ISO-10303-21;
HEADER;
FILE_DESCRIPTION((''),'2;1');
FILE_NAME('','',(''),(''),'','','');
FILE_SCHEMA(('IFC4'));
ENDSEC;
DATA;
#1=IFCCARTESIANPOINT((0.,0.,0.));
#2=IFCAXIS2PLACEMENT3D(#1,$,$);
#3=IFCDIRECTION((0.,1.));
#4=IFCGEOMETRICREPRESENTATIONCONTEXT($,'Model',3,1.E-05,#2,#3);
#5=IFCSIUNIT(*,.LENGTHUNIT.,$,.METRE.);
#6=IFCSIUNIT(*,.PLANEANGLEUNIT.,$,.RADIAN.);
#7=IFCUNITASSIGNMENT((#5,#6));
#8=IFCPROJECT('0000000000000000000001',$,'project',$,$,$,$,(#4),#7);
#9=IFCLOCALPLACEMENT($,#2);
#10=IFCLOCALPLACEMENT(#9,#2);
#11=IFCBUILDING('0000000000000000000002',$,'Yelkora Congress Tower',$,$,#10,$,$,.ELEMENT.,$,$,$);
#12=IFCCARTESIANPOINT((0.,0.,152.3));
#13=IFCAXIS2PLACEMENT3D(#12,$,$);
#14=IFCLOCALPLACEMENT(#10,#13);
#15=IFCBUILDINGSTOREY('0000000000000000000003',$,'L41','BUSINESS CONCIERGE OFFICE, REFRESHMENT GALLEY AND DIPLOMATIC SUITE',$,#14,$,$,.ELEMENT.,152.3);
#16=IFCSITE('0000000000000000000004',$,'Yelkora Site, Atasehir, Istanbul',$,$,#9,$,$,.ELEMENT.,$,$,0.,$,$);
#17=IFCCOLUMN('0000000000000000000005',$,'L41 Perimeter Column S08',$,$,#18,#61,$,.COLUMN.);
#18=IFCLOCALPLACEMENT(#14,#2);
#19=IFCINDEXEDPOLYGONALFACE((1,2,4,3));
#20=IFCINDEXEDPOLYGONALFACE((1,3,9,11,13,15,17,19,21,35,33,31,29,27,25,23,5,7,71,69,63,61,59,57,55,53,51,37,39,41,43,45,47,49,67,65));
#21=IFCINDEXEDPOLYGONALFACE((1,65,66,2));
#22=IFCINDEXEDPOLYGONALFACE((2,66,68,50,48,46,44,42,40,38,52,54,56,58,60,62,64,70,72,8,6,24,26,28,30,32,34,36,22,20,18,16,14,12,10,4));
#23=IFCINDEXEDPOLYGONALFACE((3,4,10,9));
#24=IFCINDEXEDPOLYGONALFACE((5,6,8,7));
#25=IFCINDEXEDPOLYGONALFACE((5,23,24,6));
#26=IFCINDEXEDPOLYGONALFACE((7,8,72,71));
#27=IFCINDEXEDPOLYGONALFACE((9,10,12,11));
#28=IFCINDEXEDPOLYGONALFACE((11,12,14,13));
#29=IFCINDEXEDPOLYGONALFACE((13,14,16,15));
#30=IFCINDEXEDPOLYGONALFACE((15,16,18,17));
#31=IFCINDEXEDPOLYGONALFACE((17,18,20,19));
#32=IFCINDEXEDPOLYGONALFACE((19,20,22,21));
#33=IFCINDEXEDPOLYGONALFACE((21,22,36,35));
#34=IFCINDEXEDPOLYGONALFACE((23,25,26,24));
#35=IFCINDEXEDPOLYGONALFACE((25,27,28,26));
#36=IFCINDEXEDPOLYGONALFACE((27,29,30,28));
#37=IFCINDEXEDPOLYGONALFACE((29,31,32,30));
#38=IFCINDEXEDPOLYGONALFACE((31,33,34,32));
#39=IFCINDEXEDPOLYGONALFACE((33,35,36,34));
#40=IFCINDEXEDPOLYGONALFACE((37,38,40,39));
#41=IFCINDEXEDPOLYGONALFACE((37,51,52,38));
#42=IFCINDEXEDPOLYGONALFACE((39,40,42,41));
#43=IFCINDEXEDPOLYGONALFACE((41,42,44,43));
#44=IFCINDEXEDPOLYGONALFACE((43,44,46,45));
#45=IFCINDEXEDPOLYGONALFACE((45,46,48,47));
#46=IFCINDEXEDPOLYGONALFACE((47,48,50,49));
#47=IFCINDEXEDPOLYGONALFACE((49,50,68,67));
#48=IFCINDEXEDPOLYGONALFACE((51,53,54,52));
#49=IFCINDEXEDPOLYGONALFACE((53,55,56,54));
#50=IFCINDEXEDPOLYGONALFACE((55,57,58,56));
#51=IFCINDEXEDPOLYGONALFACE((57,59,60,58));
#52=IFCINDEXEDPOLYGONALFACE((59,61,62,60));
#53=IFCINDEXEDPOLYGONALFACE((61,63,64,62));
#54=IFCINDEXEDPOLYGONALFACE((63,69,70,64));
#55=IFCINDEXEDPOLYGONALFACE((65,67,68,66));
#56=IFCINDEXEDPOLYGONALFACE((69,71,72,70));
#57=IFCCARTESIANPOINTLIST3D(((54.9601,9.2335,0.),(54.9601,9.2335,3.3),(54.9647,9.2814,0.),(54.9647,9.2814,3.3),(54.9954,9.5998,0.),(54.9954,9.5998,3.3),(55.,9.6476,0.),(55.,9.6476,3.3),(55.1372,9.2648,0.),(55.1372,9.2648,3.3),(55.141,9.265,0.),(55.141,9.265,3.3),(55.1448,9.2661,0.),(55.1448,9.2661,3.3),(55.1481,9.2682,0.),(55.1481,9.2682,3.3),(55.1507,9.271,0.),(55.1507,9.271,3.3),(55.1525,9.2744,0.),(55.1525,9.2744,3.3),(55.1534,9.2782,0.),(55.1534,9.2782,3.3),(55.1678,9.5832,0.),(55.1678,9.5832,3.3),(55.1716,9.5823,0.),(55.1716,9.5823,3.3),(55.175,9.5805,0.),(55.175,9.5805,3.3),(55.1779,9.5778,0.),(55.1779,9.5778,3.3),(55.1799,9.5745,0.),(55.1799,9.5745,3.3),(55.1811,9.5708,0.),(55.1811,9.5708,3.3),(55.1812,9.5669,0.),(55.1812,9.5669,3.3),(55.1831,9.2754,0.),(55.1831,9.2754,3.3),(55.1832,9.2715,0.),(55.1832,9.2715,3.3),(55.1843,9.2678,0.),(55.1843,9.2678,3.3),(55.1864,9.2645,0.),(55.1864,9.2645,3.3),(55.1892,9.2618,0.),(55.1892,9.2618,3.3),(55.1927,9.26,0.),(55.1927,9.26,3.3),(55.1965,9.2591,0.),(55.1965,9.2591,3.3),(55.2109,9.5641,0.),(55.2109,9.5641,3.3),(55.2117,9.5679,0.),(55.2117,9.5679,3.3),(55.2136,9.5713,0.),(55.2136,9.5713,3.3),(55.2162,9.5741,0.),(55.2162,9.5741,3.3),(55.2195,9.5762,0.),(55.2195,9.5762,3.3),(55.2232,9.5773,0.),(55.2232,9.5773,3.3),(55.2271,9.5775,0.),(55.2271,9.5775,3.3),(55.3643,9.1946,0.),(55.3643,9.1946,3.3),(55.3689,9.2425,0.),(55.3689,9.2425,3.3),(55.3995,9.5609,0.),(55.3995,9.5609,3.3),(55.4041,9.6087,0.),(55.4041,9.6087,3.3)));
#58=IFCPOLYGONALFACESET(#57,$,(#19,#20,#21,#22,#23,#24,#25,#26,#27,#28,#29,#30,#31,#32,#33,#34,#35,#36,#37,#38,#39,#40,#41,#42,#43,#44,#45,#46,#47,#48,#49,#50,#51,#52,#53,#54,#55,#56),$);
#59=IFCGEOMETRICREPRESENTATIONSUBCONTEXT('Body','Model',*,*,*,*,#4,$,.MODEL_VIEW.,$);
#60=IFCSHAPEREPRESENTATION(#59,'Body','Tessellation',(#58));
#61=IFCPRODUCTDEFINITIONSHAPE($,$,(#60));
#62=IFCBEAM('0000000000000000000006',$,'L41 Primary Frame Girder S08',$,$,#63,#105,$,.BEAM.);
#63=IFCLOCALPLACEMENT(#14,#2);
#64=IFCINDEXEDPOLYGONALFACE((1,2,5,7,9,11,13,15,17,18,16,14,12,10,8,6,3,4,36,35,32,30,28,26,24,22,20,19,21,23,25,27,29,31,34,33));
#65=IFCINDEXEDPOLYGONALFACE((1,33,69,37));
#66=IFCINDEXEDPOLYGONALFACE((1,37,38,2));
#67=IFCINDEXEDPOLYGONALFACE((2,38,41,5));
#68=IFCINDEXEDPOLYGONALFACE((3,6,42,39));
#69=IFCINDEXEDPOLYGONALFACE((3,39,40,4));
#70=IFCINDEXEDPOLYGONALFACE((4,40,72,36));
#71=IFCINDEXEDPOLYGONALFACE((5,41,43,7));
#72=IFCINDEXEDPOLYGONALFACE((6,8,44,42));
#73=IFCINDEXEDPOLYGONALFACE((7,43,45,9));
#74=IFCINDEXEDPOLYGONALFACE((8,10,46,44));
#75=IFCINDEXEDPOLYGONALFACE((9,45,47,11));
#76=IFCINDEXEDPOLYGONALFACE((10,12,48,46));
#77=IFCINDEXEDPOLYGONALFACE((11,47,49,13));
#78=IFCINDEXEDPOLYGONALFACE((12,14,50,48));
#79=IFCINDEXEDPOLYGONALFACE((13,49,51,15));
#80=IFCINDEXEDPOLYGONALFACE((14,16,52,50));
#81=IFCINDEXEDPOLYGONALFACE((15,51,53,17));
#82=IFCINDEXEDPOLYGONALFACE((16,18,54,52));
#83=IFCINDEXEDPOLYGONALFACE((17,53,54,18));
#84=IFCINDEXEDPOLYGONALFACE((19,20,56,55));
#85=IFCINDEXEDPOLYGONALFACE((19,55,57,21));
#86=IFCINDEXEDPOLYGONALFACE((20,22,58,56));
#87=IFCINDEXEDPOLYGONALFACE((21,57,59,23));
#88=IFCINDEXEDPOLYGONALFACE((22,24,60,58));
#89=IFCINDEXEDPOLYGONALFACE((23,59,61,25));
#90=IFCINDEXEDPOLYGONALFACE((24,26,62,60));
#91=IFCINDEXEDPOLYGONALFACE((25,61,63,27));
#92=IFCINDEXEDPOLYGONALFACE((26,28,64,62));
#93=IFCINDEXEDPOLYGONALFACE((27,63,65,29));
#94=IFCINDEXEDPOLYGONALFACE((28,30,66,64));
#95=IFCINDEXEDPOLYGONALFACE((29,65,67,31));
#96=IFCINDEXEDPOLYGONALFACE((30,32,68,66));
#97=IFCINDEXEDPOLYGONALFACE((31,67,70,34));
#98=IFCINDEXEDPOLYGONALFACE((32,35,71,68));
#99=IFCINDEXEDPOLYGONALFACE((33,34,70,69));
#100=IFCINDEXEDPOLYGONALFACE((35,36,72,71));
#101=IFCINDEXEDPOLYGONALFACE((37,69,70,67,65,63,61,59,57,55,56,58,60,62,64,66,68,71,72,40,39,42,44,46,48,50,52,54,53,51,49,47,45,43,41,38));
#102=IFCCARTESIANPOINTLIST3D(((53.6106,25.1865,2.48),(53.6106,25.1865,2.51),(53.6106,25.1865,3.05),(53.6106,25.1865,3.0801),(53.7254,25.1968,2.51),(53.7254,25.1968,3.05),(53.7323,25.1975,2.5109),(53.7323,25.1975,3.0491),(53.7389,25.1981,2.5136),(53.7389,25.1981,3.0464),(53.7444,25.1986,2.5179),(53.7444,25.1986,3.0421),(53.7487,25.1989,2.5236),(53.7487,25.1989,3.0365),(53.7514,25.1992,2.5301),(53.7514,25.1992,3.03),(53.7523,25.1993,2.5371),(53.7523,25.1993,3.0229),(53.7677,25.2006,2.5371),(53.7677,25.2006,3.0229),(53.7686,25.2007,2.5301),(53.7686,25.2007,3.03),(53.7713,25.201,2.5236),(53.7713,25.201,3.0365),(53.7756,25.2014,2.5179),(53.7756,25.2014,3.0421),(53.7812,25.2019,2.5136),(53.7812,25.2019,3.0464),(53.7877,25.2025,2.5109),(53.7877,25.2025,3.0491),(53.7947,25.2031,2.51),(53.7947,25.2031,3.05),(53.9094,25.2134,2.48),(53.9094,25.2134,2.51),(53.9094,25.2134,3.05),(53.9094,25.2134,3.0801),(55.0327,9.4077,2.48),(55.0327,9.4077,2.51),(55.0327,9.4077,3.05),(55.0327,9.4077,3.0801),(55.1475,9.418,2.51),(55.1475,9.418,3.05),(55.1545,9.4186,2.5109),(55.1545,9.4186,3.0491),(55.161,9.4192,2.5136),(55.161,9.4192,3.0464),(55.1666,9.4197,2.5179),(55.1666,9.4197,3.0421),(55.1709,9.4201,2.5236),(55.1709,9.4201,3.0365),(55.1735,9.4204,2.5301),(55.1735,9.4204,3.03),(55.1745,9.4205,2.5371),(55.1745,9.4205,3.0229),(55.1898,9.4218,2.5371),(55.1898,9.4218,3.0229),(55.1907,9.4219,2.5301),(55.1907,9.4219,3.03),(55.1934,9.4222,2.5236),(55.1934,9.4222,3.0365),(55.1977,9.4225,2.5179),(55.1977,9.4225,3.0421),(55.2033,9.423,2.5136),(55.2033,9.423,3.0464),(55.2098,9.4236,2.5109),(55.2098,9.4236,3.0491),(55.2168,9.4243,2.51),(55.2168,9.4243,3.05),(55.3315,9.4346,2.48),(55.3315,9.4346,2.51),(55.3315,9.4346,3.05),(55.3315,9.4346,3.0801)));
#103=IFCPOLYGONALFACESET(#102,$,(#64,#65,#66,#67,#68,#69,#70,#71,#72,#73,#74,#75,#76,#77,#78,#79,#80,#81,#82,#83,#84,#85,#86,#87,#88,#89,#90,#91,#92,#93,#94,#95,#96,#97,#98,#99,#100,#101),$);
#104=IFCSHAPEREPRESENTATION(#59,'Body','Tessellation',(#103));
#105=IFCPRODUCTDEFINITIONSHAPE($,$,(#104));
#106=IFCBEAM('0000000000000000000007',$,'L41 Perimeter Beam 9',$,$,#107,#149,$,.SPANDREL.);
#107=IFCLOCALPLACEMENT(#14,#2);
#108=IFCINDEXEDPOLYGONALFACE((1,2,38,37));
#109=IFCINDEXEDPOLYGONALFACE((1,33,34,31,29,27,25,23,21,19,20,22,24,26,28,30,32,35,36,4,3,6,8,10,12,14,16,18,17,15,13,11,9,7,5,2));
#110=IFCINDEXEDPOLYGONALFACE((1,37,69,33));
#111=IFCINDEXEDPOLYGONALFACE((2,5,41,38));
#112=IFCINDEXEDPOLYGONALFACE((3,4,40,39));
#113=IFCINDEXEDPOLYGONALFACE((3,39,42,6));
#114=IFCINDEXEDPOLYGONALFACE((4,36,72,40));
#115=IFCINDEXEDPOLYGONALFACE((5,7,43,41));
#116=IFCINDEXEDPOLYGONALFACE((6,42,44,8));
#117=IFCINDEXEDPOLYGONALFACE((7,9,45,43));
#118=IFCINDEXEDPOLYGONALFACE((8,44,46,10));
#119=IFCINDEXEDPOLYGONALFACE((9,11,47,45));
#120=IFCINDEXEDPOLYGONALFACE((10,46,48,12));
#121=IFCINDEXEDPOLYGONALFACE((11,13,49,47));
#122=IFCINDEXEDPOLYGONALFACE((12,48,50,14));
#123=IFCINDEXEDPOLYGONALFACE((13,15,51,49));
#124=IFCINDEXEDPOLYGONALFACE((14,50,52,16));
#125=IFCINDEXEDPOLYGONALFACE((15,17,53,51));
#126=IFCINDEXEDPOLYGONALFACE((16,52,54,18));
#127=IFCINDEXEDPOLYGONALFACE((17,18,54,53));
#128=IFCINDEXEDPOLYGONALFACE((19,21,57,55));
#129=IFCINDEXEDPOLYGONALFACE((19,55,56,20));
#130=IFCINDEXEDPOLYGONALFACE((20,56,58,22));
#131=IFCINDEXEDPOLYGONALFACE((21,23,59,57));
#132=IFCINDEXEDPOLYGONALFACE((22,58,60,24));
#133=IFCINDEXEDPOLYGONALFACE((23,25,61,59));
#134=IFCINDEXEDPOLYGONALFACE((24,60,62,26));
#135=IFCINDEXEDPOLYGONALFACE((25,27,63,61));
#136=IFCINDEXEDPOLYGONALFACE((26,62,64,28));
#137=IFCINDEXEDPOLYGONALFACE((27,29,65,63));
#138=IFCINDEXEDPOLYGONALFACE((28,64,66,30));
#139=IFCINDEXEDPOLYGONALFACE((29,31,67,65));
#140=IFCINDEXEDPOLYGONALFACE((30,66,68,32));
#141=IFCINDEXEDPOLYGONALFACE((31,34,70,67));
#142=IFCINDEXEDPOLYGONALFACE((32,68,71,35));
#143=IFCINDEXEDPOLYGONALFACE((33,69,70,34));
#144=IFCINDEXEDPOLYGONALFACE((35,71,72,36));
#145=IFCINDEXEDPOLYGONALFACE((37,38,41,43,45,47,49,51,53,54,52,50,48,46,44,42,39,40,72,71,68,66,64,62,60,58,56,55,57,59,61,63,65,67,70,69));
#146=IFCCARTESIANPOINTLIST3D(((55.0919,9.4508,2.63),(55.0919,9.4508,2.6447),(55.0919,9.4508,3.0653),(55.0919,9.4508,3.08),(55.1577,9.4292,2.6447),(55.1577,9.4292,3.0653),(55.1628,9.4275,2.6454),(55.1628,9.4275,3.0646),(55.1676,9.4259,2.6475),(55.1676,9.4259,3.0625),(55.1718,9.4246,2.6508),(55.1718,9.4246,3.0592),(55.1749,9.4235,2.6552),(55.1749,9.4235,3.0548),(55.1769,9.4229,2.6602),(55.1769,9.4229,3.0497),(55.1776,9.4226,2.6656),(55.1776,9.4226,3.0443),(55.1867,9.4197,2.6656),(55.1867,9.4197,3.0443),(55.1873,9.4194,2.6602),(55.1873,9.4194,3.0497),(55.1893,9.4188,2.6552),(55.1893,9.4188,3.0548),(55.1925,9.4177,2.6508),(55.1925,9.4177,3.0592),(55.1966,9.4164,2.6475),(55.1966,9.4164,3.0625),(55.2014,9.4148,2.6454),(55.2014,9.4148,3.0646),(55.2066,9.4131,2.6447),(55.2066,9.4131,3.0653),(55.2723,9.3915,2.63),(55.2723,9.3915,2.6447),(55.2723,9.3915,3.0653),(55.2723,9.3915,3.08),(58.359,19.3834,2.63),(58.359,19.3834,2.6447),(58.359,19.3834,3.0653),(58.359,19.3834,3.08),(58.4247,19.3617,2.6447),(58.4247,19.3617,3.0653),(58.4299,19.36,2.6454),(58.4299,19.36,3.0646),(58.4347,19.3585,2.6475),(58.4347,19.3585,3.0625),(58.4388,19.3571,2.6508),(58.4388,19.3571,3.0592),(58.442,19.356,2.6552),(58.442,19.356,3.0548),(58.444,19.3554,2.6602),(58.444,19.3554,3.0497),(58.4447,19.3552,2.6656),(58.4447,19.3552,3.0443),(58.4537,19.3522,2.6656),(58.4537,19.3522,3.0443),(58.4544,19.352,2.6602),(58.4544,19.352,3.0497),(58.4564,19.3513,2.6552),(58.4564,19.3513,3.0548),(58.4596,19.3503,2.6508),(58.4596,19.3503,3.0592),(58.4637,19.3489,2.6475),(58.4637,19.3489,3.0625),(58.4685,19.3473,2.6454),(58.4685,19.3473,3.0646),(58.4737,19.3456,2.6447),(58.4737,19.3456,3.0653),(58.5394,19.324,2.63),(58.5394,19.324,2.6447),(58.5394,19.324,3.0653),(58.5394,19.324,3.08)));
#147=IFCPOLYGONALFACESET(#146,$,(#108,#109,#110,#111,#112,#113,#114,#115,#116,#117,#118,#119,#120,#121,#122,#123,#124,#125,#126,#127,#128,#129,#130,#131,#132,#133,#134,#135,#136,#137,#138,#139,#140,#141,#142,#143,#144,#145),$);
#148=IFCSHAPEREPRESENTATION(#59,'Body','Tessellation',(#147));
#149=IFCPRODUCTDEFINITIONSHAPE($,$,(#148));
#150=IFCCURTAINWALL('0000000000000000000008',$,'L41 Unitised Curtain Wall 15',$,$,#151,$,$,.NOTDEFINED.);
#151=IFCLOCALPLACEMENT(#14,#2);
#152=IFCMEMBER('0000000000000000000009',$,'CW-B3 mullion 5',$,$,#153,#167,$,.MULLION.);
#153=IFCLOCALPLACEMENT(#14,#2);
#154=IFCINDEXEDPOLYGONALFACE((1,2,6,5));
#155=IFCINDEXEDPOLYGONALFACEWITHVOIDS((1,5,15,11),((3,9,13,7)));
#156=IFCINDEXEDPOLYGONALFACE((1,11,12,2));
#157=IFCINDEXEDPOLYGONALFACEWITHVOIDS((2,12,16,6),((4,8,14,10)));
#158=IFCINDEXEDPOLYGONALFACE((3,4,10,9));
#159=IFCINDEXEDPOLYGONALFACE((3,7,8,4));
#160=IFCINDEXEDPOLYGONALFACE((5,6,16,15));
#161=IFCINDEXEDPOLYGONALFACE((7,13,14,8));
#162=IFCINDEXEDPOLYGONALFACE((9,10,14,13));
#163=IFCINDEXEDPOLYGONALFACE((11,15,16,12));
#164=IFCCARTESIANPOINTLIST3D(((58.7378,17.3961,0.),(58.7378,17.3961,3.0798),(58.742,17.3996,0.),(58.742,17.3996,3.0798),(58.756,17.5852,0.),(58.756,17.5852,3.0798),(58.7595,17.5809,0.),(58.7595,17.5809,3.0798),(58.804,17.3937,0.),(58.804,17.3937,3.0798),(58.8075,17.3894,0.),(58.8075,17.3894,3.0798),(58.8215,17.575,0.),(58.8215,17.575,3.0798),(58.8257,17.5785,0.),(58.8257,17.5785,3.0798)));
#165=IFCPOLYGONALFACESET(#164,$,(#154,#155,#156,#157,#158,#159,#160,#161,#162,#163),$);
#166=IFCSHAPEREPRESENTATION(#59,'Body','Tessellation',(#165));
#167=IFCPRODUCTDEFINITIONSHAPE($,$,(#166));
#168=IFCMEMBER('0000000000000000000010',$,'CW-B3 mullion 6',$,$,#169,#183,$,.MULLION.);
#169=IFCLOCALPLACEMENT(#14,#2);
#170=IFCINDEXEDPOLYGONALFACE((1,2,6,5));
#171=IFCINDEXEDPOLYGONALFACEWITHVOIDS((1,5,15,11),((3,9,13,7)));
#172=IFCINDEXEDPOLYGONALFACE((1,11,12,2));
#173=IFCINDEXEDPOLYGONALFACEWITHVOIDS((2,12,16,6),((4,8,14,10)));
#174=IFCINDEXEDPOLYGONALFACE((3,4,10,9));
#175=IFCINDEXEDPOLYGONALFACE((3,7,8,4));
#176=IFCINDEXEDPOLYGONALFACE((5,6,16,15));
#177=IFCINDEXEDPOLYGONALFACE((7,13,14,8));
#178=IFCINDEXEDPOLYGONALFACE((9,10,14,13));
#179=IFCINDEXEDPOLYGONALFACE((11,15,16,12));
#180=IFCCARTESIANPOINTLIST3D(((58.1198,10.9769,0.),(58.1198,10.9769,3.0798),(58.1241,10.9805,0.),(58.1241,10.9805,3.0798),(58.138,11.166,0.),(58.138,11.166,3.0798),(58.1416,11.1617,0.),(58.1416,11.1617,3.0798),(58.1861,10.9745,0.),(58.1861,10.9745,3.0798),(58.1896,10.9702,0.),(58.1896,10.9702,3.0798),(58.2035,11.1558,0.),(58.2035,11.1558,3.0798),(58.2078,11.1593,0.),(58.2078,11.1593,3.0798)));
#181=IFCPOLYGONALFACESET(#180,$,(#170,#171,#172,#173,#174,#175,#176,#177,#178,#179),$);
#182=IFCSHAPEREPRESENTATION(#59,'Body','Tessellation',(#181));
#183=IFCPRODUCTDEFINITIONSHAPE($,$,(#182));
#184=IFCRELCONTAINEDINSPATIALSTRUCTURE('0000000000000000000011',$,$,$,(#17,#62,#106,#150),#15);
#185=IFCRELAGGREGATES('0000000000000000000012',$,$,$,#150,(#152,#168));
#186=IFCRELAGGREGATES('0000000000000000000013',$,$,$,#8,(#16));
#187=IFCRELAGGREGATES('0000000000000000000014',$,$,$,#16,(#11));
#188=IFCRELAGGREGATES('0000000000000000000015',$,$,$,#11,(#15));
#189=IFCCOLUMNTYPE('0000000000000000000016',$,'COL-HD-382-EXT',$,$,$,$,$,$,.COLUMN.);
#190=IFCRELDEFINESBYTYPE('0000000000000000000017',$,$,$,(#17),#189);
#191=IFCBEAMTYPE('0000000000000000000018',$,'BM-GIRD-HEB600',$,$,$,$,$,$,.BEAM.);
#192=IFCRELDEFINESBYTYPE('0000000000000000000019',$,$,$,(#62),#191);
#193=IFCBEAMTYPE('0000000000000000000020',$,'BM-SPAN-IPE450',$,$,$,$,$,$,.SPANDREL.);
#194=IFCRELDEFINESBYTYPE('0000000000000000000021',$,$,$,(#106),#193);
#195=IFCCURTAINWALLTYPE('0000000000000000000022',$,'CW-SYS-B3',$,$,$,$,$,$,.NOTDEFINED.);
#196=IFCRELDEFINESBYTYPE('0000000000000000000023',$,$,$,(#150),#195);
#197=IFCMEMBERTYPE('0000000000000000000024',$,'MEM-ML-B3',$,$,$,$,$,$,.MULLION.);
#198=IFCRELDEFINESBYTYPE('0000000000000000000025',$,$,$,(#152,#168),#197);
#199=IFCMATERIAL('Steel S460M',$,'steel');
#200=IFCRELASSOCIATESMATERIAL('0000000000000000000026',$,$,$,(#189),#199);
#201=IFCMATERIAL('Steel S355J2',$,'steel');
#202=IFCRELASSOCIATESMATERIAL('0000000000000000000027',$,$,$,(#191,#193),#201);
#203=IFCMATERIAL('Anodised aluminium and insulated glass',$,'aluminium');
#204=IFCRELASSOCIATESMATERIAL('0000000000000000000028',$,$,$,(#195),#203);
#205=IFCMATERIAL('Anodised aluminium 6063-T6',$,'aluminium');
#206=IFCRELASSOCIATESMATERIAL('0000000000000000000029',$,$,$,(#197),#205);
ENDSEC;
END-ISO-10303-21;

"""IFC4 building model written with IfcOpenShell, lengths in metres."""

from ifc_helpers import new_model, si_unit, direction, frame, origin, origin_2d, place, context, subcontext, project, spatial, hollow_rectangle, i_section, extrude, material, material_profile, profile_set, type_object, element, aggregate, save


model = new_model("IFC4")

# Units and contexts
model_context = context("Model", 3, precision=1e-05, world=origin(), true_north=direction((0.0, 1.0)))
body_context = subcontext(model_context, "Body", "Model", "MODEL_VIEW")
ifc_project = project(units=[si_unit("LENGTHUNIT", "METRE"), si_unit("PLANEANGLEUNIT", "RADIAN")], contexts=[model_context])

# Site, building, storey
site_placement = place(None, origin())
site = spatial("IfcSite", under=ifc_project, at=site_placement, Name="Yelkora Site, Atasehir, Istanbul", CompositionType="ELEMENT", RefElevation=0.0)
building_placement = place(site_placement, origin())
building = spatial("IfcBuilding", under=site, at=building_placement, Name="Yelkora Congress Tower", CompositionType="ELEMENT")
storey_placement = place(building_placement, frame((0.0, 0.0, 152.3)))
storey = spatial("IfcBuildingStorey", under=building, at=storey_placement, Name="L41", Description="BUSINESS CONCIERGE OFFICE, REFRESHMENT GALLEY AND DIPLOMATIC SUITE", CompositionType="ELEMENT", Elevation=152.3)

# Column
ifc_material_1 = material(Name="Steel S460M", Category="steel")
ifc_material_profile_1 = material_profile(ifc_material_1, i_section(OverallWidth=0.406, OverallDepth=0.416, WebThickness=0.0298, FlangeThickness=0.0481, FilletRadius=0.0149, at=origin_2d()), Name="HD 400x382")
ifc_profile_set_1 = profile_set([ifc_material_profile_1], Name="Steel S460M")
column_type = type_object("IfcColumnType", Name="COL-HD-382-EXT", PredefinedType="COLUMN", material=ifc_profile_set_1)
column_placement = place(storey_placement, frame((55.1821, 9.4211, 0.0), z_axis=(0.0, 0.0, 1.0), x_axis=(0.995396, -0.095846, 0.0)))
element("IfcColumn", 1, at=column_placement, inside=storey, type_object=column_type, Name="L41 Perimeter Column S08", PredefinedType="COLUMN", context=body_context, shape_type="SweptSolid", body=[
    extrude(i_section(OverallWidth=0.406, OverallDepth=0.416, WebThickness=0.0298, FlangeThickness=0.0481, FilletRadius=0.0149, at=origin_2d()), origin(), (0.0, 0.0, 1.0), 3.3),
])

# Beams
ifc_material_2 = material(Name="Steel S355J2", Category="steel")
ifc_material_profile_2 = material_profile(ifc_material_2, i_section(OverallWidth=0.3, OverallDepth=0.6001, WebThickness=0.0154, FlangeThickness=0.03, FilletRadius=0.0271, at=origin_2d()), Name="HEB 600")
ifc_profile_set_2 = profile_set([ifc_material_profile_2], Name="Steel S355J2")
beam_type_1 = type_object("IfcBeamType", Name="BM-GIRD-HEB600", PredefinedType="BEAM", material=ifc_profile_set_2)
beam_1_placement = place(storey_placement, frame((55.1821, 9.4211, 2.78), z_axis=(-0.089765, 0.995963, 0.0), x_axis=(-0.995963, -0.089765, 0.0)))
element("IfcBeam", 2, at=beam_1_placement, inside=storey, type_object=beam_type_1, Name="L41 Primary Frame Girder S08", PredefinedType="BEAM", context=body_context, shape_type="SweptSolid", body=[
    extrude(i_section(OverallWidth=0.3, OverallDepth=0.6001, WebThickness=0.0154, FlangeThickness=0.03, FilletRadius=0.0271, at=origin_2d()), origin(), (0.0, 0.0, 1.0), 15.8428),
])
ifc_material_profile_3 = material_profile(ifc_material_2, i_section(OverallWidth=0.1899, OverallDepth=0.45, WebThickness=0.0095, FlangeThickness=0.0146, FilletRadius=0.021, at=origin_2d()), Name="IPE 450")
ifc_profile_set_3 = profile_set([ifc_material_profile_3], Name="Steel S355J2")
beam_type_2 = type_object("IfcBeamType", Name="BM-SPAN-IPE450", PredefinedType="SPANDREL", material=ifc_profile_set_3)
beam_2_placement = place(storey_placement, frame((55.1821, 9.4211, 2.855), z_axis=(0.312457, 0.949932, 0.0), x_axis=(-0.949932, 0.312457, 0.0)))
element("IfcBeam", 3, at=beam_2_placement, inside=storey, type_object=beam_type_2, Name="L41 Perimeter Beam 9", PredefinedType="SPANDREL", context=body_context, shape_type="SweptSolid", body=[
    extrude(i_section(OverallWidth=0.1899, OverallDepth=0.45, WebThickness=0.0095, FlangeThickness=0.0146, FilletRadius=0.021, at=origin_2d()), origin(), (0.0, 0.0, 1.0), 10.4561),
])

# Curtain wall, members
ifc_material_3 = material(Name="Anodised aluminium and insulated glass", Category="aluminium")
curtain_wall_type = type_object("IfcCurtainWallType", Name="CW-SYS-B3", PredefinedType="NOTDEFINED", material=ifc_material_3)
curtain_wall_1_placement = place(storey_placement, origin())
curtain_wall_1 = element("IfcCurtainWall", 4, at=curtain_wall_1_placement, inside=storey, type_object=curtain_wall_type, Name="L41 Unitised Curtain Wall 15", PredefinedType="NOTDEFINED")
ifc_material_4 = material(Name="Anodised aluminium 6063-T6", Category="aluminium")
ifc_material_profile_4 = material_profile(ifc_material_4, hollow_rectangle(XDim=0.0701, YDim=0.1899, WallThickness=0.0039, at=origin_2d()), Name="ALU 70x190x4")
ifc_profile_set_4 = profile_set([ifc_material_profile_4], Name="Anodised aluminium 6063-T6")
member_type_1 = type_object("IfcMemberType", Name="MEM-ML-B3", PredefinedType="MULLION", material=ifc_profile_set_4)
member_1_placement = place(storey_placement, frame((58.7817, 17.4873, 0.0), z_axis=(0.0, 0.0, 1.0), x_axis=(0.995397, -0.095842, 0.0)))
member_1 = element("IfcMember", 5, at=member_1_placement, type_object=member_type_1, Name="CW-B3 mullion 5", PredefinedType="MULLION", context=body_context, shape_type="SweptSolid", body=[
    extrude(hollow_rectangle(XDim=0.0701, YDim=0.1899, WallThickness=0.0039, at=origin_2d()), origin(), (0.0, 0.0, 1.0), 3.0798),
])
member_2_placement = place(storey_placement, frame((58.1638, 11.0681, 0.0), z_axis=(0.0, 0.0, 1.0), x_axis=(0.995397, -0.095842, 0.0)))
member_2 = element("IfcMember", 6, at=member_2_placement, type_object=member_type_1, Name="CW-B3 mullion 6", PredefinedType="MULLION", context=body_context, shape_type="SweptSolid", body=[
    extrude(hollow_rectangle(XDim=0.0701, YDim=0.1899, WallThickness=0.0039, at=origin_2d()), origin(), (0.0, 0.0, 1.0), 3.0798),
])

aggregate(curtain_wall_1, [member_1, member_2])

save(model, "model.ifc")
